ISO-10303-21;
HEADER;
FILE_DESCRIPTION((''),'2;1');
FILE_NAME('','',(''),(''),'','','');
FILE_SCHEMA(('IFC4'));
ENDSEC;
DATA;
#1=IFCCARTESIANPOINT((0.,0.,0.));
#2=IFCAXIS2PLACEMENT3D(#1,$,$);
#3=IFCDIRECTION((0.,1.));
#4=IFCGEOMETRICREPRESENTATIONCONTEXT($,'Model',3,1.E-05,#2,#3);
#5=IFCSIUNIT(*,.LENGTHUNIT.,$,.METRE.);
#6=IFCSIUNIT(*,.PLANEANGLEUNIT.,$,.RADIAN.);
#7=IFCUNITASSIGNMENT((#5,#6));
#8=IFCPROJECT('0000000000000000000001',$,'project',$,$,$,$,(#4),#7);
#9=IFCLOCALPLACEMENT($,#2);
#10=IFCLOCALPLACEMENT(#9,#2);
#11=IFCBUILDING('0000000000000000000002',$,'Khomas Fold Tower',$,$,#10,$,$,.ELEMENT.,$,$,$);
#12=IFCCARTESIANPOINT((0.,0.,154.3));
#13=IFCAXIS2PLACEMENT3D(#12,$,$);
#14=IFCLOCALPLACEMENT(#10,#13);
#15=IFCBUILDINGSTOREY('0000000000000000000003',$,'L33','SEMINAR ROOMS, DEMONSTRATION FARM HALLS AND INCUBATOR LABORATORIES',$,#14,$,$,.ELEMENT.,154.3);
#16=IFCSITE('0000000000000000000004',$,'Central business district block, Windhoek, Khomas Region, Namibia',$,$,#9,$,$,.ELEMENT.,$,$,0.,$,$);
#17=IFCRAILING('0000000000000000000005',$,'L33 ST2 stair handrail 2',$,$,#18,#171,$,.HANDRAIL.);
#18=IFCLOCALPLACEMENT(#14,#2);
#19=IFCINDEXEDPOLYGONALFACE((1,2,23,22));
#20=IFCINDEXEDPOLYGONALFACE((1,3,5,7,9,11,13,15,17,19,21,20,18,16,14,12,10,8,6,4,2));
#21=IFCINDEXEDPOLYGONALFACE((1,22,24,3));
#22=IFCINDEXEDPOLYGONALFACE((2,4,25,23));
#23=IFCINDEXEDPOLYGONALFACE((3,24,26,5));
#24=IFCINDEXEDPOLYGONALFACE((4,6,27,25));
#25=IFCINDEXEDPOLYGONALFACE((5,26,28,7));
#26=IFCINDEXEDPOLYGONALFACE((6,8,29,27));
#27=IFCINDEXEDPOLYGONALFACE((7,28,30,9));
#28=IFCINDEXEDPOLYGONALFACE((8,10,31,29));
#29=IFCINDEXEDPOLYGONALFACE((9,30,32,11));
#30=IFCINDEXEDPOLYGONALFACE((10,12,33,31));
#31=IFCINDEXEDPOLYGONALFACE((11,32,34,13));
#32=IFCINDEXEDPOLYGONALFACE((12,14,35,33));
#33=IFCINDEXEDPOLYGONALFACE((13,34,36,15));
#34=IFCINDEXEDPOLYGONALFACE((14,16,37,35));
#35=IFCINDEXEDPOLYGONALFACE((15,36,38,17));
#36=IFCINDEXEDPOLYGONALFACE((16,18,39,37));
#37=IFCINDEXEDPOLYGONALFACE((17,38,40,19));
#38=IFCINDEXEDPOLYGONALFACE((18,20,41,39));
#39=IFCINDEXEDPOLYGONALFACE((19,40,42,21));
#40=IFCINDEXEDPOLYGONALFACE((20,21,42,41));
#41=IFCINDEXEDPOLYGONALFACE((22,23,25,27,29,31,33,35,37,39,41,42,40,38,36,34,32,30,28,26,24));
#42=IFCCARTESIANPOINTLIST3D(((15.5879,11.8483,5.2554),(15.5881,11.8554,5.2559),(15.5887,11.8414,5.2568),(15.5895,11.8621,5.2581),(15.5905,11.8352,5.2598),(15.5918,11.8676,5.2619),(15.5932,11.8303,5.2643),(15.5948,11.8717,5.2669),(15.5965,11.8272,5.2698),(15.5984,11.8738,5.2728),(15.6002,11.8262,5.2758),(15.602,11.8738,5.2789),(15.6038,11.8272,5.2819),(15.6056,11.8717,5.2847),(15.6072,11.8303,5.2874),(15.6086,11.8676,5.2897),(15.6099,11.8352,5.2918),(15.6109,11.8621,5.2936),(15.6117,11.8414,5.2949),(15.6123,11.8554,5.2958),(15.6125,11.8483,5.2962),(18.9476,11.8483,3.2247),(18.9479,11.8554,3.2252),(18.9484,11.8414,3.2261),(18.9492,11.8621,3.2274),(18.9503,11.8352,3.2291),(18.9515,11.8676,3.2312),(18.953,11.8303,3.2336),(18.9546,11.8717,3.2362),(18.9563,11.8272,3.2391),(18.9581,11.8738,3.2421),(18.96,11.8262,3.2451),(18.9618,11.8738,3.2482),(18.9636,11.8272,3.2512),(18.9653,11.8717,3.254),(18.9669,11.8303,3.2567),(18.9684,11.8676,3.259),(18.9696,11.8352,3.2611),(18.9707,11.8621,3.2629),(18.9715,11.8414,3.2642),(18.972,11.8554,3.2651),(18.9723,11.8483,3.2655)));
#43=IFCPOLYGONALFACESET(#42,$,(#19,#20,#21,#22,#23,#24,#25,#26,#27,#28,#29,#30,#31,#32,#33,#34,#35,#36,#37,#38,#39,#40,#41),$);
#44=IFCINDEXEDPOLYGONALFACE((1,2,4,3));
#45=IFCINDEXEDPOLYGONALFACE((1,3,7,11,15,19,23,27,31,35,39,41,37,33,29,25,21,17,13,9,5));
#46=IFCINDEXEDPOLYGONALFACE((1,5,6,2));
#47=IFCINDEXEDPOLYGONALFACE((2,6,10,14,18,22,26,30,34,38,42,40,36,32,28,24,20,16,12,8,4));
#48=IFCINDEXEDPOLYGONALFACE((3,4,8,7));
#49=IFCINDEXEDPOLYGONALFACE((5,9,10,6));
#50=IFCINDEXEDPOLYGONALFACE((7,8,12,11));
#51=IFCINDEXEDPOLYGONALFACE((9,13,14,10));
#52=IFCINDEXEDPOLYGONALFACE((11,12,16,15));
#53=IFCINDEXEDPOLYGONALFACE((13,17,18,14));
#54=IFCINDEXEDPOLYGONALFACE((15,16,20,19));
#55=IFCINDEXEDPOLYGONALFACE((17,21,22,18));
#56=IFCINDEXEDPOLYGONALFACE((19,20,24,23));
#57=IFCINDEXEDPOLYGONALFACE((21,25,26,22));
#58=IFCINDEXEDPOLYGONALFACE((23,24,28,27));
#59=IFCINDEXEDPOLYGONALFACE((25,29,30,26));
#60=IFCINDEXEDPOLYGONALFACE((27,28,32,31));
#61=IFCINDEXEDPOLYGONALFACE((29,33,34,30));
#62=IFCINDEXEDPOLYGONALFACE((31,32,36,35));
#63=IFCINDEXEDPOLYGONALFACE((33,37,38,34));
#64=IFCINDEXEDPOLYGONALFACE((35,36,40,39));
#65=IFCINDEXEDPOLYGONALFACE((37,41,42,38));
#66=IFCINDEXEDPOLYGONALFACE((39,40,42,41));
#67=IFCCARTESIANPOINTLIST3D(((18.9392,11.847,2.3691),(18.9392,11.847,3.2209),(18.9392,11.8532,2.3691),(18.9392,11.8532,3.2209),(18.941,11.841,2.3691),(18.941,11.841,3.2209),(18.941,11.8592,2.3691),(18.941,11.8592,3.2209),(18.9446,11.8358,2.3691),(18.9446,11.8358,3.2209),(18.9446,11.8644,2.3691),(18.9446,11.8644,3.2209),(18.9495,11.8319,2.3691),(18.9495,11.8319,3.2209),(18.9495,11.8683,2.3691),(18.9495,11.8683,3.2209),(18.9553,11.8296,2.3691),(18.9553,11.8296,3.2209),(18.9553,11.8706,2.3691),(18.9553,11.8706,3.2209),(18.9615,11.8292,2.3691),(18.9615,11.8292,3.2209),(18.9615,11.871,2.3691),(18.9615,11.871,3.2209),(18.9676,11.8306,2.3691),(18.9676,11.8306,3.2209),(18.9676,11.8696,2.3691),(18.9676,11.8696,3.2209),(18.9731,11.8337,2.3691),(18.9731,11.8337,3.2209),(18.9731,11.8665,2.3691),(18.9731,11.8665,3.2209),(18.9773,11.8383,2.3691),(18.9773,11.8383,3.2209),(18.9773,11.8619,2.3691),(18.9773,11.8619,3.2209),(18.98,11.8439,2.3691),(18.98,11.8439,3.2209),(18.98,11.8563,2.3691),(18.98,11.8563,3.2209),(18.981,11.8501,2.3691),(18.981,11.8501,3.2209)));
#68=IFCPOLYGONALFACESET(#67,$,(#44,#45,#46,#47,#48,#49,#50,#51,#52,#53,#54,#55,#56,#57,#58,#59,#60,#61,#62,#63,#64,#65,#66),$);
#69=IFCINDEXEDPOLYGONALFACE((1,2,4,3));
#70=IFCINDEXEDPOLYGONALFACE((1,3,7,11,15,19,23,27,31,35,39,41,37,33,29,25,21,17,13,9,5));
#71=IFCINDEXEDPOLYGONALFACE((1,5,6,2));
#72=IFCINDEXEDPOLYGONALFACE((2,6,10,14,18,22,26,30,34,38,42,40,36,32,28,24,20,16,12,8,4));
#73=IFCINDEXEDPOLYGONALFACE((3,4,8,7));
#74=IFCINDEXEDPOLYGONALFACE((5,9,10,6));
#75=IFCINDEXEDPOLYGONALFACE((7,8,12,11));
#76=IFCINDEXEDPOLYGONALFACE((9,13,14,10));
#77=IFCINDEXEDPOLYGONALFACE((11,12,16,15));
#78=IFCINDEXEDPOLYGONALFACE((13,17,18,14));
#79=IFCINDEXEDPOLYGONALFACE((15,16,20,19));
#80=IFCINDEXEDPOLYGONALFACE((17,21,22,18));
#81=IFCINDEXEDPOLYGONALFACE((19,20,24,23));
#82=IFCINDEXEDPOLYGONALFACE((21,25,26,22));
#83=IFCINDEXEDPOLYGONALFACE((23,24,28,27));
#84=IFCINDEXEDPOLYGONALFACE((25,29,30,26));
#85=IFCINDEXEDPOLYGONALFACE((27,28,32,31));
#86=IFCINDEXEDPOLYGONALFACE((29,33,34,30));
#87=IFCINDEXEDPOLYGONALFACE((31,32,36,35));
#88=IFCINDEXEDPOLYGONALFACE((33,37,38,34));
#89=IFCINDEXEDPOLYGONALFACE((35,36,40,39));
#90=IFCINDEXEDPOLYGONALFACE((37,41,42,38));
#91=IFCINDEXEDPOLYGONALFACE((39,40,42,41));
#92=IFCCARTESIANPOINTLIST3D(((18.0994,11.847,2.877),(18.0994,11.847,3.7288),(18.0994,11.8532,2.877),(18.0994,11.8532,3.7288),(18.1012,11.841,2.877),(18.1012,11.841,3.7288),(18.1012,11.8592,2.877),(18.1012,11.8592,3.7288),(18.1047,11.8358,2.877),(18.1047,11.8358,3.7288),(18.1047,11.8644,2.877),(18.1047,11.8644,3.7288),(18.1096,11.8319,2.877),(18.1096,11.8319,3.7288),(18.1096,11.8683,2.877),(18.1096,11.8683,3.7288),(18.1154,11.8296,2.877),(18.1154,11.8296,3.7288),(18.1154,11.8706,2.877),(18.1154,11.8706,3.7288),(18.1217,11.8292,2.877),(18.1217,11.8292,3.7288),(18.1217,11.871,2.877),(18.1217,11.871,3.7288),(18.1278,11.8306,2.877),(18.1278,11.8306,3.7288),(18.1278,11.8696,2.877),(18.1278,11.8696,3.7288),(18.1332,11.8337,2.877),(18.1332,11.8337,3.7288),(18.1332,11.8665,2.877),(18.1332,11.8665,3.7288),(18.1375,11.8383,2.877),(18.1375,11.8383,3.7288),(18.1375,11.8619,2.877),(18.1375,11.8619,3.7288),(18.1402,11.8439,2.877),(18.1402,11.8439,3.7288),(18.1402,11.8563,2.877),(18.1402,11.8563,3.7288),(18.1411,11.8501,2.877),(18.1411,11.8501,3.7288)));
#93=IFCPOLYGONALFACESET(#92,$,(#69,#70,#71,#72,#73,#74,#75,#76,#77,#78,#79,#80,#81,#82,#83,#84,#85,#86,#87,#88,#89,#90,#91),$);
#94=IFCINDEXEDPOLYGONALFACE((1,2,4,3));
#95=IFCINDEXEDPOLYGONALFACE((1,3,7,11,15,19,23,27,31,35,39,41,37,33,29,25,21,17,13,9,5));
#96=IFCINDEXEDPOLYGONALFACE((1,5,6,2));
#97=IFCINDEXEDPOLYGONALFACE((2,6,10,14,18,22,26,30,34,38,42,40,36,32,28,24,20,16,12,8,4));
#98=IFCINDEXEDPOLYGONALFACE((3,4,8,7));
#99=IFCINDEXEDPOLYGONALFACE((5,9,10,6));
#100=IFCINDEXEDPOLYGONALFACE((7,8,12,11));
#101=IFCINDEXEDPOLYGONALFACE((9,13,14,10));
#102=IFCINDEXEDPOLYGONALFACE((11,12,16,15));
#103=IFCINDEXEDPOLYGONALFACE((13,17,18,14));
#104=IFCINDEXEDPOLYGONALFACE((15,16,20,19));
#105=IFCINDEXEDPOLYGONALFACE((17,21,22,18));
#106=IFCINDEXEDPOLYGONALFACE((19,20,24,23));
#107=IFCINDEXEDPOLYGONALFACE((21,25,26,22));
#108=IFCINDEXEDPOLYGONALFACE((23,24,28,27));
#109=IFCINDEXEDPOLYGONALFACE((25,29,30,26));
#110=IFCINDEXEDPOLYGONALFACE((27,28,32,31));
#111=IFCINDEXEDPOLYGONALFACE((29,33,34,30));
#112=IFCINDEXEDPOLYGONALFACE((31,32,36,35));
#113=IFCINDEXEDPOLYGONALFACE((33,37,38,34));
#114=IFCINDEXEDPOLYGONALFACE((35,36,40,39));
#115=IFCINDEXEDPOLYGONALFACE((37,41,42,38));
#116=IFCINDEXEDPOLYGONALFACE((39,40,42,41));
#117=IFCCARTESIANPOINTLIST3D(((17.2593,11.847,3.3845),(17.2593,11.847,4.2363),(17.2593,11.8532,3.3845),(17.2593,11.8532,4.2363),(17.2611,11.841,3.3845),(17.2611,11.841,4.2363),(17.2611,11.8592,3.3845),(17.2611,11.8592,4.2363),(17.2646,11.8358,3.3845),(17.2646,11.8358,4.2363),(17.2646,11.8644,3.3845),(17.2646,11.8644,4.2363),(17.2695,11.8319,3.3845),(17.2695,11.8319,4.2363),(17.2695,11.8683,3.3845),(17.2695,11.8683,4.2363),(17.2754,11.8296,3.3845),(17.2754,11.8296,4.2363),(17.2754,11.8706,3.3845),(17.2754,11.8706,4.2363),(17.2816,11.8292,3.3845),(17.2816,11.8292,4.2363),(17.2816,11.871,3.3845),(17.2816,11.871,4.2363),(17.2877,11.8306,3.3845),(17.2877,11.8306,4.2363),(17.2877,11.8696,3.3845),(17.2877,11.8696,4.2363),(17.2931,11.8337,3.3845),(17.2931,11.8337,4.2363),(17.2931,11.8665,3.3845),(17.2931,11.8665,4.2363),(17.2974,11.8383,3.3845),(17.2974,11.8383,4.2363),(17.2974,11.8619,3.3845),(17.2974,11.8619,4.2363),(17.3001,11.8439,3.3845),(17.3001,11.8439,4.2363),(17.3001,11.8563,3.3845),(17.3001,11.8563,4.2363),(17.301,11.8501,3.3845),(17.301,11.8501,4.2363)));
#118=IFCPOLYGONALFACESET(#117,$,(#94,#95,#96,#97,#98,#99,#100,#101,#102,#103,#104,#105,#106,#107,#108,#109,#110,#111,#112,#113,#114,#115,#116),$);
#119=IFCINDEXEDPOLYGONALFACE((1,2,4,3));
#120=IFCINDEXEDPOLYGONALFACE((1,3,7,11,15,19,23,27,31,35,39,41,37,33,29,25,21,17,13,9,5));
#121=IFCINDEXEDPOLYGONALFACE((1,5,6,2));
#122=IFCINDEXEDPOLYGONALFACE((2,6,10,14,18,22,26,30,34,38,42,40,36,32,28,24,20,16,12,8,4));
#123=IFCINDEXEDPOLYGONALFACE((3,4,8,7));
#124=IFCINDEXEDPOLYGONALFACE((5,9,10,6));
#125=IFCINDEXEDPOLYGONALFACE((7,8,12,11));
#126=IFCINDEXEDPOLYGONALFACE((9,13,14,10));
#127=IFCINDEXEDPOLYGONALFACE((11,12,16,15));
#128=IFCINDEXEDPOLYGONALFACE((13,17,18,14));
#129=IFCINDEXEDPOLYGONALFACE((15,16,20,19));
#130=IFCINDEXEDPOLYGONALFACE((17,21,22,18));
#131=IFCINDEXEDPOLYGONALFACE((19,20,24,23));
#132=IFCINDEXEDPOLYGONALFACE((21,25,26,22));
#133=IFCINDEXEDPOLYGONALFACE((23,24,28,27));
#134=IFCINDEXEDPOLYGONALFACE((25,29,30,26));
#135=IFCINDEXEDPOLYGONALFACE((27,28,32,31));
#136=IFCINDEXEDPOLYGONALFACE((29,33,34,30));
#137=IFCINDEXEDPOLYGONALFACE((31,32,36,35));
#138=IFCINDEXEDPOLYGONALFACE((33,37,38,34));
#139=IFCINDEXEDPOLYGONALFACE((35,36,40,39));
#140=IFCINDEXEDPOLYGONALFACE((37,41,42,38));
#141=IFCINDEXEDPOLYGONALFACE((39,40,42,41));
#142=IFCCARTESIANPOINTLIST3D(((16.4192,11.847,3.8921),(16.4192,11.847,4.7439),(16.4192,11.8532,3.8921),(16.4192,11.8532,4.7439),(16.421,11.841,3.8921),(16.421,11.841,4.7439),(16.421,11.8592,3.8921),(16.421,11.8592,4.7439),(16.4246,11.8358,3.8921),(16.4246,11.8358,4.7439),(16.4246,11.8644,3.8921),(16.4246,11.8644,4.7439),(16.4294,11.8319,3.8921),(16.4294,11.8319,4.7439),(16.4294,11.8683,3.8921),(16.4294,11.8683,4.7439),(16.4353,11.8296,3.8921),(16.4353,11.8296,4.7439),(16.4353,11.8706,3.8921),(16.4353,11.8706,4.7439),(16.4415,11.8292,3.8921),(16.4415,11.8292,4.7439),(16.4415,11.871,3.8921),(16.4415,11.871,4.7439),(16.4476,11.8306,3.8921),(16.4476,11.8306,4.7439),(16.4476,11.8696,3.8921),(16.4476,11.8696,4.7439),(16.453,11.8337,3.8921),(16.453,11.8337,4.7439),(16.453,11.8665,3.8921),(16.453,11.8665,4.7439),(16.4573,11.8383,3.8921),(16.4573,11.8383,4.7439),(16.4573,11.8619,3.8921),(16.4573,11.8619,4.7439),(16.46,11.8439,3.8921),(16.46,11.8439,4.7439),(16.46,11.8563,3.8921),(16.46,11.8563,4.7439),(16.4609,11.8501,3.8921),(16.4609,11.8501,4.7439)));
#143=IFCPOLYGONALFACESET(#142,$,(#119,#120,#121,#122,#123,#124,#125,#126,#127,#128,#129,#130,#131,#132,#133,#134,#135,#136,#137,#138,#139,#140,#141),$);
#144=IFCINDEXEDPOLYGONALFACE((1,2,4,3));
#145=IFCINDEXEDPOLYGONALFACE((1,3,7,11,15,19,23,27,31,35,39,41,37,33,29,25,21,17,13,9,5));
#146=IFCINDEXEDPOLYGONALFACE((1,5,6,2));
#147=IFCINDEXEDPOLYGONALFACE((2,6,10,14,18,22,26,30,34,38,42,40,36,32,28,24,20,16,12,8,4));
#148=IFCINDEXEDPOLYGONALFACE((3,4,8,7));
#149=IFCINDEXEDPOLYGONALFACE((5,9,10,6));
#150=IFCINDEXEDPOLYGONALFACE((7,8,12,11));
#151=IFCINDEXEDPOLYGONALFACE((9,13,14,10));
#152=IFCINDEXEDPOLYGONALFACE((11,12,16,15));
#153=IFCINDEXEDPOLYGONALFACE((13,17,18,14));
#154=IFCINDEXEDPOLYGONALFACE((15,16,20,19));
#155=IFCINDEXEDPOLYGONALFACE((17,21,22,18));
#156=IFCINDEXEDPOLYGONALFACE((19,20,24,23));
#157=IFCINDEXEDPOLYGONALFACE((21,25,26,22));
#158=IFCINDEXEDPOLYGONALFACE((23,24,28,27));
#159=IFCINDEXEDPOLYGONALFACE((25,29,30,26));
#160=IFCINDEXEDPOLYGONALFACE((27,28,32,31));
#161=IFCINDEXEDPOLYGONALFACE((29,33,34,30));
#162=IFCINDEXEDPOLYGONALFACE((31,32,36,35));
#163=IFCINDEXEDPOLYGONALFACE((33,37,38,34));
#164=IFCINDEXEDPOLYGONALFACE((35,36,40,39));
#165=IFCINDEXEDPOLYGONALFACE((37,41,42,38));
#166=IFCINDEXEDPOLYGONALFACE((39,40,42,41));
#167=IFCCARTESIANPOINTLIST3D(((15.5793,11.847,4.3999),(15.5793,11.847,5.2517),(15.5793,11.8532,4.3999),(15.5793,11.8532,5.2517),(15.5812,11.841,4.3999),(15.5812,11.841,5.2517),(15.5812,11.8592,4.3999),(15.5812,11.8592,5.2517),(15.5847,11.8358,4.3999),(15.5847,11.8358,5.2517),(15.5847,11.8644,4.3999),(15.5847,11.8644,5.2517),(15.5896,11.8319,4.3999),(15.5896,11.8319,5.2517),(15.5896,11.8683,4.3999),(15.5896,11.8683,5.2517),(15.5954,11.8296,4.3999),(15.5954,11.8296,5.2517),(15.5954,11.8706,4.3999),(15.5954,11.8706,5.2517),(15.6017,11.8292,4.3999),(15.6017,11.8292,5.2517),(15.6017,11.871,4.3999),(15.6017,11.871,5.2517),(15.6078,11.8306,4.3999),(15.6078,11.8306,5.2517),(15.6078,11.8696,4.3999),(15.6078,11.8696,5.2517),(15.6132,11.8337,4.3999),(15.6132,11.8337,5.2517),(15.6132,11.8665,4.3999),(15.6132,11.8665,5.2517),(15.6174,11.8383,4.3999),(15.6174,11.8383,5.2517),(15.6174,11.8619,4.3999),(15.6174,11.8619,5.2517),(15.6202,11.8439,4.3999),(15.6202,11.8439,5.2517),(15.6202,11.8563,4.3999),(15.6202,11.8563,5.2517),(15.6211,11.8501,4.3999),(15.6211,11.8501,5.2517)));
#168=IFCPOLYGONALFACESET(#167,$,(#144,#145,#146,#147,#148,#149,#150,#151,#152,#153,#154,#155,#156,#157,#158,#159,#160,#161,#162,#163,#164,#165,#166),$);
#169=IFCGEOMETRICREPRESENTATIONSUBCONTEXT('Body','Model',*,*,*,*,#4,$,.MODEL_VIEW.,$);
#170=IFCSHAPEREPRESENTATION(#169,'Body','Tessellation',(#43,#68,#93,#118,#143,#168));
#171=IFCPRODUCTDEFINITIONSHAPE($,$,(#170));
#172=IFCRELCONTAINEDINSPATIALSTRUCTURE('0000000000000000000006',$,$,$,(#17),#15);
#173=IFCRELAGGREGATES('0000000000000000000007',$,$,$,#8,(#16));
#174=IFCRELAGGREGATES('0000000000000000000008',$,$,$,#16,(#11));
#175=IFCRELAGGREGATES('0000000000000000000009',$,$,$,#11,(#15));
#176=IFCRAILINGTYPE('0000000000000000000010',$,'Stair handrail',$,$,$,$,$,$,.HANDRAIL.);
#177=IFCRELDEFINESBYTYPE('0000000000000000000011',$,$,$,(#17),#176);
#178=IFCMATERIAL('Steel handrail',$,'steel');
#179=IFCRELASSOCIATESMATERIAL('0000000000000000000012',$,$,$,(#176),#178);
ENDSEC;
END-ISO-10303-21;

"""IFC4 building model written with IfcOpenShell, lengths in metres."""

from ifc_helpers import new_model, si_unit, direction, frame, origin, origin_2d, place, context, subcontext, project, spatial, circle, extrude, source, transform, mapped, material, type_object, element, save


model = new_model("IFC4")

# Units and contexts
model_context = context("Model", 3, precision=1e-05, world=origin(), true_north=direction((0.0, 1.0)))
body_context = subcontext(model_context, "Body", "Model", "MODEL_VIEW")
ifc_project = project(units=[si_unit("LENGTHUNIT", "METRE"), si_unit("PLANEANGLEUNIT", "RADIAN")], contexts=[model_context])

# Site, building, storey
site_placement = place(None, origin())
site = spatial("IfcSite", under=ifc_project, at=site_placement, Name="Central business district block, Windhoek, Khomas Region, Namibia", CompositionType="ELEMENT", RefElevation=0.0)
building_placement = place(site_placement, origin())
building = spatial("IfcBuilding", under=site, at=building_placement, Name="Khomas Fold Tower", CompositionType="ELEMENT")
storey_placement = place(building_placement, frame((0.0, 0.0, 154.3)))
storey = spatial("IfcBuildingStorey", under=building, at=storey_placement, Name="L33", Description="SEMINAR ROOMS, DEMONSTRATION FARM HALLS AND INCUBATOR LABORATORIES", CompositionType="ELEMENT", Elevation=154.3)

# Railing
ifc_material_1 = material(Name="Steel handrail", Category="steel")
railing_type_1 = type_object("IfcRailingType", Name="Stair handrail", PredefinedType="HANDRAIL", material=ifc_material_1)
shared_shape_1 = source(origin(), body_context, "Body", "SweptSolid", [
    extrude(circle(Radius=0.0239, at=origin_2d()), frame((0.0, 0.0, 0.876), z_axis=(-0.85582, 0.0, 0.517273), x_axis=(0.0, -1.0, 0.0)), (0.0, 0.0, 1.0), 3.9258),
    extrude(circle(Radius=0.021, at=origin_2d()), origin(), (0.0, 0.0, 1.0), 0.8518),
    extrude(circle(Radius=0.021, at=origin_2d()), frame((-0.8398, 0.0, 0.5078)), (0.0, 0.0, 1.0), 0.8518),
    extrude(circle(Radius=0.021, at=origin_2d()), frame((-1.6799, 0.0, 1.0154)), (0.0, 0.0, 1.0), 0.8518),
    extrude(circle(Radius=0.021, at=origin_2d()), frame((-2.52, 0.0, 1.5229)), (0.0, 0.0, 1.0), 0.8518),
    extrude(circle(Radius=0.021, at=origin_2d()), frame((-3.3599, 0.0, 2.0308)), (0.0, 0.0, 1.0), 0.8518),
])
railing_1_placement = place(storey_placement, frame((18.96, 11.8501, 2.3691)))
element("IfcRailing", 1, at=railing_1_placement, inside=storey, type_object=railing_type_1, Name="L33 ST2 stair handrail 2", PredefinedType="HANDRAIL", context=body_context, shape_type="MappedRepresentation", body=[
    mapped(shared_shape_1, transform((0.0, 0.0, 0.0))),
])

save(model, "model.ifc")
